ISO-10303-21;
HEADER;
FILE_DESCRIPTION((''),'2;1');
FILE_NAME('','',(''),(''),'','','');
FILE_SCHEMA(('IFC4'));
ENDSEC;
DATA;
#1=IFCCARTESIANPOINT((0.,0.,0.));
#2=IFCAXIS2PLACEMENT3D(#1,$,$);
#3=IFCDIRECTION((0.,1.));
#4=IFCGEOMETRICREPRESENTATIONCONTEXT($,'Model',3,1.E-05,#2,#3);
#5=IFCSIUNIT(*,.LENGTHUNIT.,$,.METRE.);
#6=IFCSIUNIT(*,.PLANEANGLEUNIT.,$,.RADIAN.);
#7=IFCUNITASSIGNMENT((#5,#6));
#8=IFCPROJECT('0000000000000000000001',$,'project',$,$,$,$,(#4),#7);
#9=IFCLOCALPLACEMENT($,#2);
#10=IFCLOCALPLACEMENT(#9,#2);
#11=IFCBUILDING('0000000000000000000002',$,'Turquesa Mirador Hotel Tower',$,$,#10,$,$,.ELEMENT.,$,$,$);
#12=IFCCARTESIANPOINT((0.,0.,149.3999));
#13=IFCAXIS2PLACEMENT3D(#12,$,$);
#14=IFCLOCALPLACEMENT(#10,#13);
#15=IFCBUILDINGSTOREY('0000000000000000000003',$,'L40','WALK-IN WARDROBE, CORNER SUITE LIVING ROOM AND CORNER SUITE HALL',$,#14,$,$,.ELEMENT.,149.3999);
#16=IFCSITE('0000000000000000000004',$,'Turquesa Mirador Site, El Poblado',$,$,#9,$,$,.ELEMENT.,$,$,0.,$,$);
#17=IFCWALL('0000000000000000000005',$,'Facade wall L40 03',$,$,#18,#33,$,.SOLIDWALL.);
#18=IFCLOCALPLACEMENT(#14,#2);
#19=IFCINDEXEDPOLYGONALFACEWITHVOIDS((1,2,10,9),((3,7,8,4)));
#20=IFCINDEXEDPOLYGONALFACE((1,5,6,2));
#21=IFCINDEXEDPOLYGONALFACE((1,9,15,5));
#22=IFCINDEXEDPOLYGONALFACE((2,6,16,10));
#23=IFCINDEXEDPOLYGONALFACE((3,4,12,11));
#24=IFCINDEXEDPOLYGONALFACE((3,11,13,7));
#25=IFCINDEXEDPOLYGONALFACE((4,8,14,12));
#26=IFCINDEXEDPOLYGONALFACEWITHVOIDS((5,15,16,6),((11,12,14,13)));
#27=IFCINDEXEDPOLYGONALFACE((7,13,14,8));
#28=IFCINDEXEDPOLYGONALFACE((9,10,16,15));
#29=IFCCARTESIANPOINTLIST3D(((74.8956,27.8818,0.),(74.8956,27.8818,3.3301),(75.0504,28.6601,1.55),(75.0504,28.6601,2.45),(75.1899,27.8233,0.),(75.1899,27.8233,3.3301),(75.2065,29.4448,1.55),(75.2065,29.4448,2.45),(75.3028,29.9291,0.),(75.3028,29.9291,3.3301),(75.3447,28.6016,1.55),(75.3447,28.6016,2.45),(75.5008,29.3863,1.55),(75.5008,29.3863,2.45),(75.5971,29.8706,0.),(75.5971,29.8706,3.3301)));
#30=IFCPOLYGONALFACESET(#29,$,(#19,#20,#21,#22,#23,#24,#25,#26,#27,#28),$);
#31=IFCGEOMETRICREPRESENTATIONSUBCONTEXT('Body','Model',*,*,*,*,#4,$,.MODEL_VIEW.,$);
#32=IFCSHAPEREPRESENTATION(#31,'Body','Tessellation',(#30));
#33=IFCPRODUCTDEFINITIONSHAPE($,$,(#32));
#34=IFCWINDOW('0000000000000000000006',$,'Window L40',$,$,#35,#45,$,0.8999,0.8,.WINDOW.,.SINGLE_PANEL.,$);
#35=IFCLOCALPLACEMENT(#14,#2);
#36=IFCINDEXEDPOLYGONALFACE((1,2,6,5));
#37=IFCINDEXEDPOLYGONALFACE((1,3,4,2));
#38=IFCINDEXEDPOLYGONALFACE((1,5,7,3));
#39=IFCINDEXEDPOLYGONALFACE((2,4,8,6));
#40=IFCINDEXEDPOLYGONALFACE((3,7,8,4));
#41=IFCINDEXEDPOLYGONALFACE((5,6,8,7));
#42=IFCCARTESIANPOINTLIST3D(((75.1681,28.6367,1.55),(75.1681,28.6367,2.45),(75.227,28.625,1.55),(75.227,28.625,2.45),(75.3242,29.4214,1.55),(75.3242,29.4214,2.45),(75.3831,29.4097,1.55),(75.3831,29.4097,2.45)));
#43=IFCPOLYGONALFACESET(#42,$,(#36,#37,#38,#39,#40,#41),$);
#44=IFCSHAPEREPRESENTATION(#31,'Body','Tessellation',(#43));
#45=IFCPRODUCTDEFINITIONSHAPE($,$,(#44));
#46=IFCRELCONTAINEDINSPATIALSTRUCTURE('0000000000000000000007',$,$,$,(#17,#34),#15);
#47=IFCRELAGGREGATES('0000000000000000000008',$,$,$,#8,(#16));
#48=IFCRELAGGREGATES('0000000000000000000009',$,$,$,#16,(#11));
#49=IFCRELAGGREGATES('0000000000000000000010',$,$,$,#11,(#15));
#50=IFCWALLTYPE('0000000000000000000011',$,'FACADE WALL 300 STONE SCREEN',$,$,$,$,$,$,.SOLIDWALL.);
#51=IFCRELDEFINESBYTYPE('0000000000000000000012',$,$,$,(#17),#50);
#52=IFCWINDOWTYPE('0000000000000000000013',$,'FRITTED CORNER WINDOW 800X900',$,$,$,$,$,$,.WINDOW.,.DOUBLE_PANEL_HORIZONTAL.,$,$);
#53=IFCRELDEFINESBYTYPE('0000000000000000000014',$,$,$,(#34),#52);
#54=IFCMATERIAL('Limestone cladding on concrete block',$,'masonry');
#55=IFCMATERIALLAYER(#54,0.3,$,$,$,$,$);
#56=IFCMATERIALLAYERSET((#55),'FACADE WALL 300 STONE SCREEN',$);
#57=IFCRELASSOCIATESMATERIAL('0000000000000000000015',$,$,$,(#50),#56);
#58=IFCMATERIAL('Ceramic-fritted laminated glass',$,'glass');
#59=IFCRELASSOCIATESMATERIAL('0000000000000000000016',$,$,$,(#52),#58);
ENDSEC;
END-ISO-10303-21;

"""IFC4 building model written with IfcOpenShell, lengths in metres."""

from ifc_helpers import new_model, si_unit, direction, frame, frame_2d, origin, place, context, subcontext, project, spatial, rectangle, extrude, material, layer, layer_set, type_object, element, fill, save


model = new_model("IFC4")

# Units and contexts
model_context = context("Model", 3, precision=1e-05, world=origin(), true_north=direction((0.0, 1.0)))
body_context = subcontext(model_context, "Body", "Model", "MODEL_VIEW")
ifc_project = project(units=[si_unit("LENGTHUNIT", "METRE"), si_unit("PLANEANGLEUNIT", "RADIAN")], contexts=[model_context])

# Site, building, storey
site_placement = place(None, origin())
site = spatial("IfcSite", under=ifc_project, at=site_placement, Name="Turquesa Mirador Site, El Poblado", CompositionType="ELEMENT", RefElevation=0.0)
building_placement = place(site_placement, origin())
building = spatial("IfcBuilding", under=site, at=building_placement, Name="Turquesa Mirador Hotel Tower", CompositionType="ELEMENT")
storey_placement = place(building_placement, frame((0.0, 0.0, 149.3999)))
storey = spatial("IfcBuildingStorey", under=building, at=storey_placement, Name="L40", Description="WALK-IN WARDROBE, CORNER SUITE LIVING ROOM AND CORNER SUITE HALL", CompositionType="ELEMENT", Elevation=149.3999)

# Wall, opening, window
ifc_material_1 = material(Name="Limestone cladding on concrete block", Category="masonry")
ifc_layer = layer(ifc_material_1, 0.3)
ifc_layer_set = layer_set([ifc_layer], Name="FACADE WALL 300 STONE SCREEN")
wall_type = type_object("IfcWallType", Name="FACADE WALL 300 STONE SCREEN", PredefinedType="SOLIDWALL", material=ifc_layer_set)
wall_1_placement = place(storey_placement, frame((75.0427, 27.8525, 0.0), z_axis=(0.0, 0.0, 1.0), x_axis=(0.195081, 0.980787, 0.0)))
wall_1 = element("IfcWall", 1, at=wall_1_placement, inside=storey, type_object=wall_type, Name="Facade wall L40 03", PredefinedType="SOLIDWALL", context=body_context, shape_type="SweptSolid", body=[
    extrude(rectangle(XDim=2.0874, YDim=0.3, at=frame_2d((1.0437, 0.0))), origin(), (0.0, 0.0, 1.0), 3.3301),
])
opening_1_placement = place(wall_1_placement, frame((0.7937, 0.0, 1.55)))
opening_1 = element("IfcOpeningElement", 2, at=opening_1_placement, cuts=wall_1, PredefinedType="OPENING", context=body_context, shape_type="SweptSolid", body=[
    extrude(rectangle(XDim=0.8, YDim=0.8999, at=frame_2d((0.3999, 0.45))), frame((0.0, 0.1599, 0.0), z_axis=(0.0, -1.0, 0.0), x_axis=(1.0, 0.0, 0.0)), (0.0, 0.0, 1.0), 0.3201),
])
ifc_material_2 = material(Name="Ceramic-fritted laminated glass", Category="glass")
window_type_1 = type_object("IfcWindowType", Name="FRITTED CORNER WINDOW 800X900", PartitioningType="DOUBLE_PANEL_HORIZONTAL", PredefinedType="WINDOW", material=ifc_material_2)
window_1_placement = place(opening_1_placement, origin())
window_1 = element("IfcWindow", 3, at=window_1_placement, inside=storey, type_object=window_type_1, Name="Window L40", OverallHeight=0.8999, OverallWidth=0.8, PartitioningType="SINGLE_PANEL", PredefinedType="WINDOW", context=body_context, shape_type="SweptSolid", body=[
    extrude(rectangle(XDim=0.8, YDim=0.8999, at=frame_2d((0.3999, 0.45))), frame((0.0, 0.03, 0.0), z_axis=(0.0, -1.0, 0.0), x_axis=(1.0, 0.0, 0.0)), (0.0, 0.0, 1.0), 0.0601),
])
fill(opening_1, window_1)

save(model, "model.ifc")
